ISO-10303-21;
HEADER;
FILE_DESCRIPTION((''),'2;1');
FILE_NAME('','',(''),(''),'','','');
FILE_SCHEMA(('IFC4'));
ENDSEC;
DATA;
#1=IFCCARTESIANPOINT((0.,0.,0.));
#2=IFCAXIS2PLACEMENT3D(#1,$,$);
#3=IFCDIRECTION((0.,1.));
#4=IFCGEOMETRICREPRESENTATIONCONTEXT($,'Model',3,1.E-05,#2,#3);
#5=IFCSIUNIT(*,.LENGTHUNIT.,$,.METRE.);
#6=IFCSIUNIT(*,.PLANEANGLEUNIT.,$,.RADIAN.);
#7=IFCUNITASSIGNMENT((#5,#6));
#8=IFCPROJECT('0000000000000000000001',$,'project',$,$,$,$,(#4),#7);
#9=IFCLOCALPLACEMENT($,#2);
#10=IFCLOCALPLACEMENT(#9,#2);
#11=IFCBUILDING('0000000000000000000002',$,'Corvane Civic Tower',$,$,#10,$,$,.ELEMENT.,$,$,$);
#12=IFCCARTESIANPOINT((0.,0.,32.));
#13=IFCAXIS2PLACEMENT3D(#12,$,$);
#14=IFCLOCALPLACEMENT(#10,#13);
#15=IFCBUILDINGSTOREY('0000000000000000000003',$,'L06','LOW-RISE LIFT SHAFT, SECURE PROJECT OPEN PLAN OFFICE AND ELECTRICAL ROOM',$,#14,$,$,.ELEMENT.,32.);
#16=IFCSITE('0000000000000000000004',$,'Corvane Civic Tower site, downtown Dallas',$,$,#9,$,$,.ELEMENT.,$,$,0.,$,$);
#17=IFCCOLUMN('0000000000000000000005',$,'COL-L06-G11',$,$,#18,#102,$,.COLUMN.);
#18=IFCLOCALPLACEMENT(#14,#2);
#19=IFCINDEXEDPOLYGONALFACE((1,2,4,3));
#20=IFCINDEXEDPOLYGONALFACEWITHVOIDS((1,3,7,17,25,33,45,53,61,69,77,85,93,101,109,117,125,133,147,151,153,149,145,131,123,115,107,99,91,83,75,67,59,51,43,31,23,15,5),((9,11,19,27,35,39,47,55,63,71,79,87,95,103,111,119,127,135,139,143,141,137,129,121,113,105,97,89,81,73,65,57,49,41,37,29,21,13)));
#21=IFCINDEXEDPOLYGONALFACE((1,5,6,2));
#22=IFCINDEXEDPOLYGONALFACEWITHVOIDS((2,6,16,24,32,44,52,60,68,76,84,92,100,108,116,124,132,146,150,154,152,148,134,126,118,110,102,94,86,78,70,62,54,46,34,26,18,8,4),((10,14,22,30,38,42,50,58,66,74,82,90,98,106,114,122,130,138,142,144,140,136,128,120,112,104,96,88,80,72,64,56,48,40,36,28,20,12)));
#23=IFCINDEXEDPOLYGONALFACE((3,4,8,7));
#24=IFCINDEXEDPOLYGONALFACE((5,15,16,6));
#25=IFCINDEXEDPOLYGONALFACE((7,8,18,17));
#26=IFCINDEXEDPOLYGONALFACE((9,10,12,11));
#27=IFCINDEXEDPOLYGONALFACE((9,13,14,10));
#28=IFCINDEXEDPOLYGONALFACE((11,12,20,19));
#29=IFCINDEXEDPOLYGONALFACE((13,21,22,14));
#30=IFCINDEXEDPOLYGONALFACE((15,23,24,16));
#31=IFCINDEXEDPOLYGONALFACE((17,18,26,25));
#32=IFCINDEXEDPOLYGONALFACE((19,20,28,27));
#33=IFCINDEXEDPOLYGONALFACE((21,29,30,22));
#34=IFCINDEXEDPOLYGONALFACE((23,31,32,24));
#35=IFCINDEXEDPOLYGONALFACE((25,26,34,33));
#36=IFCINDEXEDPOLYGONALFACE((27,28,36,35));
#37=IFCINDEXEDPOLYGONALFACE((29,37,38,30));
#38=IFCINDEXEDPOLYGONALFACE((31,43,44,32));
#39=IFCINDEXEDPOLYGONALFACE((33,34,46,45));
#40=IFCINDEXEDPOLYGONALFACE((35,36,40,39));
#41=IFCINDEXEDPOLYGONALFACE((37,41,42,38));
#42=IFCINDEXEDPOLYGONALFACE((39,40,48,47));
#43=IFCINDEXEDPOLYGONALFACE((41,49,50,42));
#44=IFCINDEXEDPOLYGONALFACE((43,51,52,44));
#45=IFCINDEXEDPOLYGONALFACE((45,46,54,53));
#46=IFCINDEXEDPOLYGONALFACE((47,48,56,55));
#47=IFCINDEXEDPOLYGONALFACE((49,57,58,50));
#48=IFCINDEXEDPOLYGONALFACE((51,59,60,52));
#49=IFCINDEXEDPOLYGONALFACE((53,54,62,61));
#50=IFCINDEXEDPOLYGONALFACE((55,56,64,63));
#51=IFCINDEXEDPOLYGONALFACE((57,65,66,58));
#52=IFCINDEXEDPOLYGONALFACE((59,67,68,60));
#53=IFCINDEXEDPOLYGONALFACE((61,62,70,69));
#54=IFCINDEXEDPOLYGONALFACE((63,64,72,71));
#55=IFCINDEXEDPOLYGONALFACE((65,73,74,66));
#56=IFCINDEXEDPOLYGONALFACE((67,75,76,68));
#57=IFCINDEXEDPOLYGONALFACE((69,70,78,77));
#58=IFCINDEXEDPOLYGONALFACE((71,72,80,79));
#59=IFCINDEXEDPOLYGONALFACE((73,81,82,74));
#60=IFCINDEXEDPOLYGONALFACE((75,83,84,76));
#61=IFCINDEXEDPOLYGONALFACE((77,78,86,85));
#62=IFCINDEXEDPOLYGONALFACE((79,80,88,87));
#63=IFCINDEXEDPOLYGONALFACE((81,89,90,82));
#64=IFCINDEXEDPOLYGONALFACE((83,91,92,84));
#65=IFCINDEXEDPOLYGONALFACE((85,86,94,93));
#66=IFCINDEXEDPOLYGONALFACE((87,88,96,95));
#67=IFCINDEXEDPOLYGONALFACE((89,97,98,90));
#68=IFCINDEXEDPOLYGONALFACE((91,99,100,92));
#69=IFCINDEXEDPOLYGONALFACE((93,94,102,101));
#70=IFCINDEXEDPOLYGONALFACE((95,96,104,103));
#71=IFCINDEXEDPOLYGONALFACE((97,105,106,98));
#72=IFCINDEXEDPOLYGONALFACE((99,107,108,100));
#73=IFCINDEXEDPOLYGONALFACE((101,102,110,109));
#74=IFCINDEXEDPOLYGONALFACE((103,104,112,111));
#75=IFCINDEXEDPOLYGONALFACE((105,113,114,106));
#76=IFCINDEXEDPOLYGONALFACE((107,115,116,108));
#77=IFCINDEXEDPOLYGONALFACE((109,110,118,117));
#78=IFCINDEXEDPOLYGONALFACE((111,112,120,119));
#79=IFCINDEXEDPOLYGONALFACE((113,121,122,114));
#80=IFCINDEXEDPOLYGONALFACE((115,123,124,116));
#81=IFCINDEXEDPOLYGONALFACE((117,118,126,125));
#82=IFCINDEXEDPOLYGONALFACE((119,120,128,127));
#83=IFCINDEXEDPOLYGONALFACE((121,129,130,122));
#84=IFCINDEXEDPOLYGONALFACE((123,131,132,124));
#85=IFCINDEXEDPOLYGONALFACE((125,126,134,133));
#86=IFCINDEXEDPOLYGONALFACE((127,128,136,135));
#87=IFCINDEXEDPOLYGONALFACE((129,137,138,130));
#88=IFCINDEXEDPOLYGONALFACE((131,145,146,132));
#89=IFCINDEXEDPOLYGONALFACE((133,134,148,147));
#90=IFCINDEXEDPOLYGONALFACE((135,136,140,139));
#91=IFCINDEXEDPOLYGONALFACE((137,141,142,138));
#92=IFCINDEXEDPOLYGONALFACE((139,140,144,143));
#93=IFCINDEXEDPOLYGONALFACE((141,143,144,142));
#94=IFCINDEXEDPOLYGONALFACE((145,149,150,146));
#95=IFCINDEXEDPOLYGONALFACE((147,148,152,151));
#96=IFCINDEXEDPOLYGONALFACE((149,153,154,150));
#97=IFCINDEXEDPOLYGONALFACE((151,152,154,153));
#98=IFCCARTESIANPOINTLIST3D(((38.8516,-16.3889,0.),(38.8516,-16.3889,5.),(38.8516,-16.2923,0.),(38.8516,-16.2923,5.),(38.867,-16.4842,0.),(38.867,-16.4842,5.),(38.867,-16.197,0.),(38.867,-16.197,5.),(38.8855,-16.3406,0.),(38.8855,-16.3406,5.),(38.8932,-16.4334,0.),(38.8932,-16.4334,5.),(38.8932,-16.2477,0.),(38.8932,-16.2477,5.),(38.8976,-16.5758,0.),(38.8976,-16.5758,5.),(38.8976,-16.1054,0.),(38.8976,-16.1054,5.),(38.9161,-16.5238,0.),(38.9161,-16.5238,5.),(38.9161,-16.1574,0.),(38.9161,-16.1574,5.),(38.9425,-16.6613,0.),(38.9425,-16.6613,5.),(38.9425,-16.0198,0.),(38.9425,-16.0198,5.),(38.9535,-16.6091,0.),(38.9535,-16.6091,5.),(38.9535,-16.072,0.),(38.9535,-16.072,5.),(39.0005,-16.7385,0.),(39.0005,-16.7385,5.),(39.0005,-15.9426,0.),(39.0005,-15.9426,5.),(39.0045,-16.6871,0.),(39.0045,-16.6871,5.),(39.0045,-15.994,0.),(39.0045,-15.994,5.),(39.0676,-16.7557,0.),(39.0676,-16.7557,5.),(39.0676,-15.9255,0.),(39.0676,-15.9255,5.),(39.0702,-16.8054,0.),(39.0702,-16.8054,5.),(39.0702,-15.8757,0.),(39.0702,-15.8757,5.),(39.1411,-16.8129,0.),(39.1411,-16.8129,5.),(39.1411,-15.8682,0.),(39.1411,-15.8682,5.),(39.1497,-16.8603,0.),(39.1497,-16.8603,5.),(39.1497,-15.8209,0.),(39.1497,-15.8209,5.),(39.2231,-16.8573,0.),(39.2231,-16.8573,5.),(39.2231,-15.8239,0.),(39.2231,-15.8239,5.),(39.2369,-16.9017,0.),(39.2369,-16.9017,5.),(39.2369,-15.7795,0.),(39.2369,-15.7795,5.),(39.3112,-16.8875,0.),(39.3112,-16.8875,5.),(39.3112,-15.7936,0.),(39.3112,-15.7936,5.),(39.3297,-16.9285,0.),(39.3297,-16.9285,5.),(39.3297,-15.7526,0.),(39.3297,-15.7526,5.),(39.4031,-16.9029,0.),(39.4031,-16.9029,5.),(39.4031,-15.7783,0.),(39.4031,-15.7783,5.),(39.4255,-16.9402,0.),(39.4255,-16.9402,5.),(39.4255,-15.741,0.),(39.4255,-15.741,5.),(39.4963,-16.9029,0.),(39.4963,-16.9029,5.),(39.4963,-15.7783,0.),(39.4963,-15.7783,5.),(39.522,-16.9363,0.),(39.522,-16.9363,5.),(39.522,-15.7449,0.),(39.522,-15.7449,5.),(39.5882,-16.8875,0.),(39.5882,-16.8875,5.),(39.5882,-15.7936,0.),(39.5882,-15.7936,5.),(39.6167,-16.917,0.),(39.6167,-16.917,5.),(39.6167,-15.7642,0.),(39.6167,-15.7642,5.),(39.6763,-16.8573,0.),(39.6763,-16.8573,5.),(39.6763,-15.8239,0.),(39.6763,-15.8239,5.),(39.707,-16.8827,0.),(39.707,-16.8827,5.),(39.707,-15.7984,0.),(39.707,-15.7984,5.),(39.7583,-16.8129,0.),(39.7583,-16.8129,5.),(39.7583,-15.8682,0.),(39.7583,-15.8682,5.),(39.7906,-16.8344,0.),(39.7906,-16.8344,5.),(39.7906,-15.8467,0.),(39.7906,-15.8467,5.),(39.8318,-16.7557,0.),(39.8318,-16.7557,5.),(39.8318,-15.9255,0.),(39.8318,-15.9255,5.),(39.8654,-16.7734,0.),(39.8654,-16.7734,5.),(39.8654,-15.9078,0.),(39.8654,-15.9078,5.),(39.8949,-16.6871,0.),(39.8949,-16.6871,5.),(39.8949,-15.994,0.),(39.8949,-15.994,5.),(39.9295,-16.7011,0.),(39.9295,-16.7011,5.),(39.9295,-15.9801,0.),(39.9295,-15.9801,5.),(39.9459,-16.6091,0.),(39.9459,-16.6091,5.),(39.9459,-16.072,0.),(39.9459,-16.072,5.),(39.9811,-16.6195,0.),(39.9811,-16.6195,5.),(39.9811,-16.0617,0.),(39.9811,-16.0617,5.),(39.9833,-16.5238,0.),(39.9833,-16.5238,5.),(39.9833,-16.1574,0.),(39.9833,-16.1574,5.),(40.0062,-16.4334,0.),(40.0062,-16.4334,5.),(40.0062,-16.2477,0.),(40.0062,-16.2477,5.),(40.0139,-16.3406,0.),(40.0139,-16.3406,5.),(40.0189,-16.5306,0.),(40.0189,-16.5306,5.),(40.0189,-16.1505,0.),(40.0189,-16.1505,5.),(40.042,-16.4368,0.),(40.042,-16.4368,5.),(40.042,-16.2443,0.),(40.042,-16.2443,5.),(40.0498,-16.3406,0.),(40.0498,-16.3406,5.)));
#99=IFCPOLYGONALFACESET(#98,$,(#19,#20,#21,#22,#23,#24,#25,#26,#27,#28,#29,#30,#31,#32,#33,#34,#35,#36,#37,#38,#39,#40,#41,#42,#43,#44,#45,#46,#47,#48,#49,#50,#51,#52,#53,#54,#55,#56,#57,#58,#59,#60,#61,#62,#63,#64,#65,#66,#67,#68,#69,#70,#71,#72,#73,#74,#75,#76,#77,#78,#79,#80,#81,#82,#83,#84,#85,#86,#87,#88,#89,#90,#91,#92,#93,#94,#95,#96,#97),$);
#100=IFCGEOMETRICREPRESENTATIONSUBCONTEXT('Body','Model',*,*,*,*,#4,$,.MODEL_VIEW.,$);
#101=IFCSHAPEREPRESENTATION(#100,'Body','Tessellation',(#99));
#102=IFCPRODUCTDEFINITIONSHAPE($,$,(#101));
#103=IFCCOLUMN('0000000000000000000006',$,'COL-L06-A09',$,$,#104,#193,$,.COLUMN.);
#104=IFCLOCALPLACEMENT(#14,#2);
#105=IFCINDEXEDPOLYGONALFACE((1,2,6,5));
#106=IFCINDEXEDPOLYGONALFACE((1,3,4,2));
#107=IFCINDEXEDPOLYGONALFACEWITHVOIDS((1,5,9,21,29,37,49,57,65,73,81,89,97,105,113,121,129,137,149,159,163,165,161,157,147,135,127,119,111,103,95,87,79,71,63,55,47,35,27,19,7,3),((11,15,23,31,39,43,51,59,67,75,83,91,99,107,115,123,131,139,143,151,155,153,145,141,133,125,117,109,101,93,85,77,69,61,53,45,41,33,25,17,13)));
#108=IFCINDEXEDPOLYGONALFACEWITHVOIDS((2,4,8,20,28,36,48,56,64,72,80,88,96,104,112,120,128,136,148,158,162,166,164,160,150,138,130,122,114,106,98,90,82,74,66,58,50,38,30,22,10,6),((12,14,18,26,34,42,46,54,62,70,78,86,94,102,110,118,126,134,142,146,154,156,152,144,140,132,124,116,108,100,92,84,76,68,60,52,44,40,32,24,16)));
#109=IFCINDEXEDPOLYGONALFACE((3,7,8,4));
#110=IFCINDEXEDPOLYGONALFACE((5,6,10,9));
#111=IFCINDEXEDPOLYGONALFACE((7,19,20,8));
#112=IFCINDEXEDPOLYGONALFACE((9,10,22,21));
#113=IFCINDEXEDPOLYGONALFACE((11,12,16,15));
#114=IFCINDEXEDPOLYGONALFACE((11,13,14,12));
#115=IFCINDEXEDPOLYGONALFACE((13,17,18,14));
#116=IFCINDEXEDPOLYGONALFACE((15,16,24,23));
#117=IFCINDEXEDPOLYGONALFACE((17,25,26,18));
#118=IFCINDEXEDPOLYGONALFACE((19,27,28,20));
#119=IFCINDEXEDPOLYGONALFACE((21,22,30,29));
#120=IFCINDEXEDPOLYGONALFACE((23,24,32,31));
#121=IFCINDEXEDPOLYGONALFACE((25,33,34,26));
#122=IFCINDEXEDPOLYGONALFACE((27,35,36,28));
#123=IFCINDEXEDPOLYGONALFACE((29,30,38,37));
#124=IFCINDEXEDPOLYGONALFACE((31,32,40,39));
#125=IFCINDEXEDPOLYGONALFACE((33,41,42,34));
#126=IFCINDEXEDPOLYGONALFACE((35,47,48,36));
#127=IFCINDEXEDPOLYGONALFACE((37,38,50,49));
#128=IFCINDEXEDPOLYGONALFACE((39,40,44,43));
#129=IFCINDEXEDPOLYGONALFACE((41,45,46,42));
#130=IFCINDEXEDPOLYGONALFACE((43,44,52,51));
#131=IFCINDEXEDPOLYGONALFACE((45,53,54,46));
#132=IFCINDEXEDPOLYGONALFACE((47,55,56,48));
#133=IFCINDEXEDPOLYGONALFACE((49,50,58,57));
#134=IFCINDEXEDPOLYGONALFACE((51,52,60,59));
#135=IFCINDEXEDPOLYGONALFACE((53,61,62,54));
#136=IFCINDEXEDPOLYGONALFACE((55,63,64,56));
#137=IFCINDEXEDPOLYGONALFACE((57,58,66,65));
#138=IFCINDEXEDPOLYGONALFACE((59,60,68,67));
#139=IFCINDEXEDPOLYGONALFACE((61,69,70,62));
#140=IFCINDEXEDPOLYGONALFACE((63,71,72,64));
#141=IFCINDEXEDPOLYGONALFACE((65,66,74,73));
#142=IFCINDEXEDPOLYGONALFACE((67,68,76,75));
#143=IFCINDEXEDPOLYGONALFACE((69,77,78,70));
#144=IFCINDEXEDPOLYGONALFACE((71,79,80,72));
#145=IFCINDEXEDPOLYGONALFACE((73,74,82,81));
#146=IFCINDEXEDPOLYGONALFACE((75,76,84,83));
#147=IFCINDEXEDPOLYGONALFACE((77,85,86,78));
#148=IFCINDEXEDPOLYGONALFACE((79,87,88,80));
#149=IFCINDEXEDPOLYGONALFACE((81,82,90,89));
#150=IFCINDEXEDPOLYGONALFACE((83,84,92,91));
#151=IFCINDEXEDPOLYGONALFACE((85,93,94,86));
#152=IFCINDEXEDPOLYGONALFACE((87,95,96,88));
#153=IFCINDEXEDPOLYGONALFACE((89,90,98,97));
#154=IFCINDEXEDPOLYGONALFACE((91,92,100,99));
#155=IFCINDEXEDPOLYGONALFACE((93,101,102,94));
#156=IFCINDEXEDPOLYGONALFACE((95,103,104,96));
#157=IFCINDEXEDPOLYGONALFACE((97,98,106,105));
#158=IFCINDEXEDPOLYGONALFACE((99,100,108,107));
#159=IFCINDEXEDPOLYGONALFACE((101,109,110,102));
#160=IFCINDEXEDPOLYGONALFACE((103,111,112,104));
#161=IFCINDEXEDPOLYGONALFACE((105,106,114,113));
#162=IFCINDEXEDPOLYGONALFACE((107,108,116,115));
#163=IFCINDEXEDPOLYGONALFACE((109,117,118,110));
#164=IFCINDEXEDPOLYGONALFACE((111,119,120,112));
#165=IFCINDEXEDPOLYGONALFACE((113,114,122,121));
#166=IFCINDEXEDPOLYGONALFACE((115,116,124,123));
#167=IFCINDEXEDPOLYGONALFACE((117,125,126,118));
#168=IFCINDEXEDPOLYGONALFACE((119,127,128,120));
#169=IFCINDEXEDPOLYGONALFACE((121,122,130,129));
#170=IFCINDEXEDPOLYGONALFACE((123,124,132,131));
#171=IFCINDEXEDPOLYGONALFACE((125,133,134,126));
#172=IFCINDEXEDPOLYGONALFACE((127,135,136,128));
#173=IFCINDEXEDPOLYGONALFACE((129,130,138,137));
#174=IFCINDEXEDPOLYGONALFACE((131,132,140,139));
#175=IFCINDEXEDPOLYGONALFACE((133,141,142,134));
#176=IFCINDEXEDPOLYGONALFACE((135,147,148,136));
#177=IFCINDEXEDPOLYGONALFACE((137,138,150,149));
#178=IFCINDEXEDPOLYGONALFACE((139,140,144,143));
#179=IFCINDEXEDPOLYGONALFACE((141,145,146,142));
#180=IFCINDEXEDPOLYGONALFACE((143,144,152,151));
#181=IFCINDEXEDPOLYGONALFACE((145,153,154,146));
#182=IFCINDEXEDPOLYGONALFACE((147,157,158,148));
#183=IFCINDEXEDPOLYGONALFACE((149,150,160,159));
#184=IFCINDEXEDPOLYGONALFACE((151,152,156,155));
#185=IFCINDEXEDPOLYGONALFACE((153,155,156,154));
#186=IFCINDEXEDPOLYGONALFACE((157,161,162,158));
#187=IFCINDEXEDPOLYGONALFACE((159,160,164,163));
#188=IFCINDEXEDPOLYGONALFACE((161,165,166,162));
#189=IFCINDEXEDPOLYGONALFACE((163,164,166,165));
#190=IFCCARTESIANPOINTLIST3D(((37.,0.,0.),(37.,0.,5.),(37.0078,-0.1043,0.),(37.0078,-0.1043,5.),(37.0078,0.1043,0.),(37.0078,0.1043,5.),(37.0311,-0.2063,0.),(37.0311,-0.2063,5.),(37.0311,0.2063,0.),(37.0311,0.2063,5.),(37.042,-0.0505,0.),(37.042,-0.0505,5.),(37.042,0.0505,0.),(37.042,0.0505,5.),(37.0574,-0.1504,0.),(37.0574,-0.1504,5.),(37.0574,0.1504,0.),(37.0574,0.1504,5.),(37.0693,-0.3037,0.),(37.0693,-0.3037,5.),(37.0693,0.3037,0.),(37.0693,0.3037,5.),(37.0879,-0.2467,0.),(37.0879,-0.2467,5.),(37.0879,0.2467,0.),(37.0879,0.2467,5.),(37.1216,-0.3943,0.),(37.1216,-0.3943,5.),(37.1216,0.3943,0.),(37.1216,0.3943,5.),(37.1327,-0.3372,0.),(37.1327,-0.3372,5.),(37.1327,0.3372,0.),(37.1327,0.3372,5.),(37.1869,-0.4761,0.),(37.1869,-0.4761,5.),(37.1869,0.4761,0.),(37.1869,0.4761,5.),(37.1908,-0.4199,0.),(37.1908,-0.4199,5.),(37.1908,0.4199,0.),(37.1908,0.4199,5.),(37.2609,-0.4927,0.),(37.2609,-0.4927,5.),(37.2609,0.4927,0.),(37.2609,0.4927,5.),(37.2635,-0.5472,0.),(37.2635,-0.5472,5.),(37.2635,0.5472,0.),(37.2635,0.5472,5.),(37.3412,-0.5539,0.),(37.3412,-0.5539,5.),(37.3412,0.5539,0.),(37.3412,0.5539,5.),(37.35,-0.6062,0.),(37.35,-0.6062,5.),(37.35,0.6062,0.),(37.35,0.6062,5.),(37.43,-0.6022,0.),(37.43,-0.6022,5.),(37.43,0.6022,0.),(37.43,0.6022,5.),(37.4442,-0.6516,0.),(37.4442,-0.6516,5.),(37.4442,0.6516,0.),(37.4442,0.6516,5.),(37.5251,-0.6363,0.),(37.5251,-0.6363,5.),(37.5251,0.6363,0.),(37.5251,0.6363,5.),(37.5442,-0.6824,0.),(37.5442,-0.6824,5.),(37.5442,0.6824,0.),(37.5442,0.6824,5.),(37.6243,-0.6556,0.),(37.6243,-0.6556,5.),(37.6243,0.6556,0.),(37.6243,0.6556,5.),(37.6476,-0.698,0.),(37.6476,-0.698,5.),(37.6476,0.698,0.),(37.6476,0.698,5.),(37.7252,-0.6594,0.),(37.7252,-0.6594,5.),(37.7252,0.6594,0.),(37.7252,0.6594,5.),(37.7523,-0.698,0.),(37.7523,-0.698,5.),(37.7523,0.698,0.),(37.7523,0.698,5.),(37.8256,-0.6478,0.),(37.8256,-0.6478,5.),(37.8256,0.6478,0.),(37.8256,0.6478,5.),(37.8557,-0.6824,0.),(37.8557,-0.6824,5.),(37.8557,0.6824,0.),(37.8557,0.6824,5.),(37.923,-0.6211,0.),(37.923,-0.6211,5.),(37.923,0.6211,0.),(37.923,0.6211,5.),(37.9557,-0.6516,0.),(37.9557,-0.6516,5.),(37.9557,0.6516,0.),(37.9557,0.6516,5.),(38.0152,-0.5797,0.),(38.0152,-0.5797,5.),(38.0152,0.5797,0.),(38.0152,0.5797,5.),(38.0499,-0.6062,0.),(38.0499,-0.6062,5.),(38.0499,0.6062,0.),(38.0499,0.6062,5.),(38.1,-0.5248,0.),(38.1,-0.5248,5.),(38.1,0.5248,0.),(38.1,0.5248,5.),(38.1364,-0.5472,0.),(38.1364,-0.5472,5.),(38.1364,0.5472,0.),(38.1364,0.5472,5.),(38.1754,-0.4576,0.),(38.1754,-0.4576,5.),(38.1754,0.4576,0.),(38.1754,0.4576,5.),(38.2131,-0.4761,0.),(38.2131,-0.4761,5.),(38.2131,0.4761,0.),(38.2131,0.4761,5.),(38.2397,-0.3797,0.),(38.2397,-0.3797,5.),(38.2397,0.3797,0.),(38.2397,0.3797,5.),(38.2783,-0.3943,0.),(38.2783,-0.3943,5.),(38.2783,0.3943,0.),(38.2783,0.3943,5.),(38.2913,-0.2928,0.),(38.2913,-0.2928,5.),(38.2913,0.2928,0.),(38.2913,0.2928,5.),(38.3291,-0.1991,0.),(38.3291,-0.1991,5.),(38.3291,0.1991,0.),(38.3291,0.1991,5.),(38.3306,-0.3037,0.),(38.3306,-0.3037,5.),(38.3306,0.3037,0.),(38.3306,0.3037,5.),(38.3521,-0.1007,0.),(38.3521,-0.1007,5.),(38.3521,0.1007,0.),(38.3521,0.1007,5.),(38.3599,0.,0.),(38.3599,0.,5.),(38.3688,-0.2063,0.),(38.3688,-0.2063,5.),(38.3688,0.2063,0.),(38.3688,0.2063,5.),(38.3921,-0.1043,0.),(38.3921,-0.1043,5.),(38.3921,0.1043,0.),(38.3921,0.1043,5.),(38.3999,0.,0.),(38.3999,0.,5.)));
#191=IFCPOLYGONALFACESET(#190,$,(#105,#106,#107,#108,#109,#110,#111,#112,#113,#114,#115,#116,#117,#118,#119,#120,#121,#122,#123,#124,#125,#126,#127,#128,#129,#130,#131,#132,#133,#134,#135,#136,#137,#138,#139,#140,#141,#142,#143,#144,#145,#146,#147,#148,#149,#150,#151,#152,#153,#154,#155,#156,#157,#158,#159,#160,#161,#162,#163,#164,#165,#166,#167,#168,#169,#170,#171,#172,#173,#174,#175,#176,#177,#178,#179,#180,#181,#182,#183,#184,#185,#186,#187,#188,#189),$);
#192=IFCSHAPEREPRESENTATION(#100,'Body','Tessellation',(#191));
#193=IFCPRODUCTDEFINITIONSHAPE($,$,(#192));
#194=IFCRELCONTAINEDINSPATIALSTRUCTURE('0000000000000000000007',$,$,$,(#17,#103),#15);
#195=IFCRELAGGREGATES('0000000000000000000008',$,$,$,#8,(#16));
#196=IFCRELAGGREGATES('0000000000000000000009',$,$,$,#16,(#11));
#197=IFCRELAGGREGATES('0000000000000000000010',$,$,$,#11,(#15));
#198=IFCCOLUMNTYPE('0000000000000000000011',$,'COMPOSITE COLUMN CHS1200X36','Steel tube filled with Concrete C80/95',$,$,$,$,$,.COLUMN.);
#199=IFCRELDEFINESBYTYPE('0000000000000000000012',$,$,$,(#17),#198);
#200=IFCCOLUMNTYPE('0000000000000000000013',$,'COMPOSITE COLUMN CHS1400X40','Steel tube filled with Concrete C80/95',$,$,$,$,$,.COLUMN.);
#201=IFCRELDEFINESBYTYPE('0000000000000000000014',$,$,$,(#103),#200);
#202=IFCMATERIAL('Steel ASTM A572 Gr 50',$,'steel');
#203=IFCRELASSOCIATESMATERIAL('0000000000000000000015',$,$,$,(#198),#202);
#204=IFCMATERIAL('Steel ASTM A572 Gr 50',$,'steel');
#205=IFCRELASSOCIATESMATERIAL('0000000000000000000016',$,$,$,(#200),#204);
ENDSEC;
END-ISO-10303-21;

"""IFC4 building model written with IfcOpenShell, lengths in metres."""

from ifc_helpers import new_model, si_unit, direction, frame, origin, origin_2d, place, context, subcontext, project, spatial, hollow_circle, extrude, material, material_profile, profile_set, type_object, element, save


model = new_model("IFC4")

# Units and contexts
model_context = context("Model", 3, precision=1e-05, world=origin(), true_north=direction((0.0, 1.0)))
body_context = subcontext(model_context, "Body", "Model", "MODEL_VIEW")
ifc_project = project(units=[si_unit("LENGTHUNIT", "METRE"), si_unit("PLANEANGLEUNIT", "RADIAN")], contexts=[model_context])

# Site, building, storey
site_placement = place(None, origin())
site = spatial("IfcSite", under=ifc_project, at=site_placement, Name="Corvane Civic Tower site, downtown Dallas", CompositionType="ELEMENT", RefElevation=0.0)
building_placement = place(site_placement, origin())
building = spatial("IfcBuilding", under=site, at=building_placement, Name="Corvane Civic Tower", CompositionType="ELEMENT")
storey_placement = place(building_placement, frame((0.0, 0.0, 32.0)))
storey = spatial("IfcBuildingStorey", under=building, at=storey_placement, Name="L06", Description="LOW-RISE LIFT SHAFT, SECURE PROJECT OPEN PLAN OFFICE AND ELECTRICAL ROOM", CompositionType="ELEMENT", Elevation=32.0)

# Columns
ifc_material_1 = material(Name="Steel ASTM A572 Gr 50", Category="steel")
ifc_material_profile_1 = material_profile(ifc_material_1, hollow_circle(Radius=0.6001, WallThickness=0.0359, at=origin_2d()), Name="CHS1200X36")
ifc_profile_set_1 = profile_set([ifc_material_profile_1], Name="Steel ASTM A572 Gr 50")
column_type_1 = type_object("IfcColumnType", Name="COMPOSITE COLUMN CHS1200X36", Description="Steel tube filled with Concrete C80/95", PredefinedType="COLUMN", material=ifc_profile_set_1)
column_placement = place(storey_placement, frame((39.4497, -16.3406, 0.0), z_axis=(0.0, 0.0, 1.0), x_axis=(1.0, 0.0, 0.0)))
element("IfcColumn", 1, at=column_placement, inside=storey, type_object=column_type_1, Name="COL-L06-G11", PredefinedType="COLUMN", context=body_context, shape_type="SweptSolid", body=[
    extrude(hollow_circle(Radius=0.6001, WallThickness=0.0359, at=origin_2d()), origin(), (0.0, 0.0, 1.0), 5.0),
])
ifc_material_2 = material(Name="Steel ASTM A572 Gr 50", Category="steel")
ifc_material_profile_2 = material_profile(ifc_material_2, hollow_circle(Radius=0.7, WallThickness=0.04, at=origin_2d()), Name="CHS1400X40")
ifc_profile_set_2 = profile_set([ifc_material_profile_2], Name="Steel ASTM A572 Gr 50")
column_type_2 = type_object("IfcColumnType", Name="COMPOSITE COLUMN CHS1400X40", Description="Steel tube filled with Concrete C80/95", PredefinedType="COLUMN", material=ifc_profile_set_2)
for number, where, z_axis, x_axis, name in (
    (2, (37.7, 0.0, 0.0), (0.0, 0.0, 1.0), (1.0, 0.0, 0.0), "COL-L06-A09"),
):
    element("IfcColumn", number, at=place(storey_placement, frame(where, z_axis=z_axis, x_axis=x_axis)), inside=storey, type_object=column_type_2, Name=name, PredefinedType="COLUMN", context=body_context, shape_type="SweptSolid", body=[
        extrude(hollow_circle(Radius=0.7, WallThickness=0.04, at=origin_2d()), origin(), (0.0, 0.0, 1.0), 5.0),
    ])

save(model, "model.ifc")
